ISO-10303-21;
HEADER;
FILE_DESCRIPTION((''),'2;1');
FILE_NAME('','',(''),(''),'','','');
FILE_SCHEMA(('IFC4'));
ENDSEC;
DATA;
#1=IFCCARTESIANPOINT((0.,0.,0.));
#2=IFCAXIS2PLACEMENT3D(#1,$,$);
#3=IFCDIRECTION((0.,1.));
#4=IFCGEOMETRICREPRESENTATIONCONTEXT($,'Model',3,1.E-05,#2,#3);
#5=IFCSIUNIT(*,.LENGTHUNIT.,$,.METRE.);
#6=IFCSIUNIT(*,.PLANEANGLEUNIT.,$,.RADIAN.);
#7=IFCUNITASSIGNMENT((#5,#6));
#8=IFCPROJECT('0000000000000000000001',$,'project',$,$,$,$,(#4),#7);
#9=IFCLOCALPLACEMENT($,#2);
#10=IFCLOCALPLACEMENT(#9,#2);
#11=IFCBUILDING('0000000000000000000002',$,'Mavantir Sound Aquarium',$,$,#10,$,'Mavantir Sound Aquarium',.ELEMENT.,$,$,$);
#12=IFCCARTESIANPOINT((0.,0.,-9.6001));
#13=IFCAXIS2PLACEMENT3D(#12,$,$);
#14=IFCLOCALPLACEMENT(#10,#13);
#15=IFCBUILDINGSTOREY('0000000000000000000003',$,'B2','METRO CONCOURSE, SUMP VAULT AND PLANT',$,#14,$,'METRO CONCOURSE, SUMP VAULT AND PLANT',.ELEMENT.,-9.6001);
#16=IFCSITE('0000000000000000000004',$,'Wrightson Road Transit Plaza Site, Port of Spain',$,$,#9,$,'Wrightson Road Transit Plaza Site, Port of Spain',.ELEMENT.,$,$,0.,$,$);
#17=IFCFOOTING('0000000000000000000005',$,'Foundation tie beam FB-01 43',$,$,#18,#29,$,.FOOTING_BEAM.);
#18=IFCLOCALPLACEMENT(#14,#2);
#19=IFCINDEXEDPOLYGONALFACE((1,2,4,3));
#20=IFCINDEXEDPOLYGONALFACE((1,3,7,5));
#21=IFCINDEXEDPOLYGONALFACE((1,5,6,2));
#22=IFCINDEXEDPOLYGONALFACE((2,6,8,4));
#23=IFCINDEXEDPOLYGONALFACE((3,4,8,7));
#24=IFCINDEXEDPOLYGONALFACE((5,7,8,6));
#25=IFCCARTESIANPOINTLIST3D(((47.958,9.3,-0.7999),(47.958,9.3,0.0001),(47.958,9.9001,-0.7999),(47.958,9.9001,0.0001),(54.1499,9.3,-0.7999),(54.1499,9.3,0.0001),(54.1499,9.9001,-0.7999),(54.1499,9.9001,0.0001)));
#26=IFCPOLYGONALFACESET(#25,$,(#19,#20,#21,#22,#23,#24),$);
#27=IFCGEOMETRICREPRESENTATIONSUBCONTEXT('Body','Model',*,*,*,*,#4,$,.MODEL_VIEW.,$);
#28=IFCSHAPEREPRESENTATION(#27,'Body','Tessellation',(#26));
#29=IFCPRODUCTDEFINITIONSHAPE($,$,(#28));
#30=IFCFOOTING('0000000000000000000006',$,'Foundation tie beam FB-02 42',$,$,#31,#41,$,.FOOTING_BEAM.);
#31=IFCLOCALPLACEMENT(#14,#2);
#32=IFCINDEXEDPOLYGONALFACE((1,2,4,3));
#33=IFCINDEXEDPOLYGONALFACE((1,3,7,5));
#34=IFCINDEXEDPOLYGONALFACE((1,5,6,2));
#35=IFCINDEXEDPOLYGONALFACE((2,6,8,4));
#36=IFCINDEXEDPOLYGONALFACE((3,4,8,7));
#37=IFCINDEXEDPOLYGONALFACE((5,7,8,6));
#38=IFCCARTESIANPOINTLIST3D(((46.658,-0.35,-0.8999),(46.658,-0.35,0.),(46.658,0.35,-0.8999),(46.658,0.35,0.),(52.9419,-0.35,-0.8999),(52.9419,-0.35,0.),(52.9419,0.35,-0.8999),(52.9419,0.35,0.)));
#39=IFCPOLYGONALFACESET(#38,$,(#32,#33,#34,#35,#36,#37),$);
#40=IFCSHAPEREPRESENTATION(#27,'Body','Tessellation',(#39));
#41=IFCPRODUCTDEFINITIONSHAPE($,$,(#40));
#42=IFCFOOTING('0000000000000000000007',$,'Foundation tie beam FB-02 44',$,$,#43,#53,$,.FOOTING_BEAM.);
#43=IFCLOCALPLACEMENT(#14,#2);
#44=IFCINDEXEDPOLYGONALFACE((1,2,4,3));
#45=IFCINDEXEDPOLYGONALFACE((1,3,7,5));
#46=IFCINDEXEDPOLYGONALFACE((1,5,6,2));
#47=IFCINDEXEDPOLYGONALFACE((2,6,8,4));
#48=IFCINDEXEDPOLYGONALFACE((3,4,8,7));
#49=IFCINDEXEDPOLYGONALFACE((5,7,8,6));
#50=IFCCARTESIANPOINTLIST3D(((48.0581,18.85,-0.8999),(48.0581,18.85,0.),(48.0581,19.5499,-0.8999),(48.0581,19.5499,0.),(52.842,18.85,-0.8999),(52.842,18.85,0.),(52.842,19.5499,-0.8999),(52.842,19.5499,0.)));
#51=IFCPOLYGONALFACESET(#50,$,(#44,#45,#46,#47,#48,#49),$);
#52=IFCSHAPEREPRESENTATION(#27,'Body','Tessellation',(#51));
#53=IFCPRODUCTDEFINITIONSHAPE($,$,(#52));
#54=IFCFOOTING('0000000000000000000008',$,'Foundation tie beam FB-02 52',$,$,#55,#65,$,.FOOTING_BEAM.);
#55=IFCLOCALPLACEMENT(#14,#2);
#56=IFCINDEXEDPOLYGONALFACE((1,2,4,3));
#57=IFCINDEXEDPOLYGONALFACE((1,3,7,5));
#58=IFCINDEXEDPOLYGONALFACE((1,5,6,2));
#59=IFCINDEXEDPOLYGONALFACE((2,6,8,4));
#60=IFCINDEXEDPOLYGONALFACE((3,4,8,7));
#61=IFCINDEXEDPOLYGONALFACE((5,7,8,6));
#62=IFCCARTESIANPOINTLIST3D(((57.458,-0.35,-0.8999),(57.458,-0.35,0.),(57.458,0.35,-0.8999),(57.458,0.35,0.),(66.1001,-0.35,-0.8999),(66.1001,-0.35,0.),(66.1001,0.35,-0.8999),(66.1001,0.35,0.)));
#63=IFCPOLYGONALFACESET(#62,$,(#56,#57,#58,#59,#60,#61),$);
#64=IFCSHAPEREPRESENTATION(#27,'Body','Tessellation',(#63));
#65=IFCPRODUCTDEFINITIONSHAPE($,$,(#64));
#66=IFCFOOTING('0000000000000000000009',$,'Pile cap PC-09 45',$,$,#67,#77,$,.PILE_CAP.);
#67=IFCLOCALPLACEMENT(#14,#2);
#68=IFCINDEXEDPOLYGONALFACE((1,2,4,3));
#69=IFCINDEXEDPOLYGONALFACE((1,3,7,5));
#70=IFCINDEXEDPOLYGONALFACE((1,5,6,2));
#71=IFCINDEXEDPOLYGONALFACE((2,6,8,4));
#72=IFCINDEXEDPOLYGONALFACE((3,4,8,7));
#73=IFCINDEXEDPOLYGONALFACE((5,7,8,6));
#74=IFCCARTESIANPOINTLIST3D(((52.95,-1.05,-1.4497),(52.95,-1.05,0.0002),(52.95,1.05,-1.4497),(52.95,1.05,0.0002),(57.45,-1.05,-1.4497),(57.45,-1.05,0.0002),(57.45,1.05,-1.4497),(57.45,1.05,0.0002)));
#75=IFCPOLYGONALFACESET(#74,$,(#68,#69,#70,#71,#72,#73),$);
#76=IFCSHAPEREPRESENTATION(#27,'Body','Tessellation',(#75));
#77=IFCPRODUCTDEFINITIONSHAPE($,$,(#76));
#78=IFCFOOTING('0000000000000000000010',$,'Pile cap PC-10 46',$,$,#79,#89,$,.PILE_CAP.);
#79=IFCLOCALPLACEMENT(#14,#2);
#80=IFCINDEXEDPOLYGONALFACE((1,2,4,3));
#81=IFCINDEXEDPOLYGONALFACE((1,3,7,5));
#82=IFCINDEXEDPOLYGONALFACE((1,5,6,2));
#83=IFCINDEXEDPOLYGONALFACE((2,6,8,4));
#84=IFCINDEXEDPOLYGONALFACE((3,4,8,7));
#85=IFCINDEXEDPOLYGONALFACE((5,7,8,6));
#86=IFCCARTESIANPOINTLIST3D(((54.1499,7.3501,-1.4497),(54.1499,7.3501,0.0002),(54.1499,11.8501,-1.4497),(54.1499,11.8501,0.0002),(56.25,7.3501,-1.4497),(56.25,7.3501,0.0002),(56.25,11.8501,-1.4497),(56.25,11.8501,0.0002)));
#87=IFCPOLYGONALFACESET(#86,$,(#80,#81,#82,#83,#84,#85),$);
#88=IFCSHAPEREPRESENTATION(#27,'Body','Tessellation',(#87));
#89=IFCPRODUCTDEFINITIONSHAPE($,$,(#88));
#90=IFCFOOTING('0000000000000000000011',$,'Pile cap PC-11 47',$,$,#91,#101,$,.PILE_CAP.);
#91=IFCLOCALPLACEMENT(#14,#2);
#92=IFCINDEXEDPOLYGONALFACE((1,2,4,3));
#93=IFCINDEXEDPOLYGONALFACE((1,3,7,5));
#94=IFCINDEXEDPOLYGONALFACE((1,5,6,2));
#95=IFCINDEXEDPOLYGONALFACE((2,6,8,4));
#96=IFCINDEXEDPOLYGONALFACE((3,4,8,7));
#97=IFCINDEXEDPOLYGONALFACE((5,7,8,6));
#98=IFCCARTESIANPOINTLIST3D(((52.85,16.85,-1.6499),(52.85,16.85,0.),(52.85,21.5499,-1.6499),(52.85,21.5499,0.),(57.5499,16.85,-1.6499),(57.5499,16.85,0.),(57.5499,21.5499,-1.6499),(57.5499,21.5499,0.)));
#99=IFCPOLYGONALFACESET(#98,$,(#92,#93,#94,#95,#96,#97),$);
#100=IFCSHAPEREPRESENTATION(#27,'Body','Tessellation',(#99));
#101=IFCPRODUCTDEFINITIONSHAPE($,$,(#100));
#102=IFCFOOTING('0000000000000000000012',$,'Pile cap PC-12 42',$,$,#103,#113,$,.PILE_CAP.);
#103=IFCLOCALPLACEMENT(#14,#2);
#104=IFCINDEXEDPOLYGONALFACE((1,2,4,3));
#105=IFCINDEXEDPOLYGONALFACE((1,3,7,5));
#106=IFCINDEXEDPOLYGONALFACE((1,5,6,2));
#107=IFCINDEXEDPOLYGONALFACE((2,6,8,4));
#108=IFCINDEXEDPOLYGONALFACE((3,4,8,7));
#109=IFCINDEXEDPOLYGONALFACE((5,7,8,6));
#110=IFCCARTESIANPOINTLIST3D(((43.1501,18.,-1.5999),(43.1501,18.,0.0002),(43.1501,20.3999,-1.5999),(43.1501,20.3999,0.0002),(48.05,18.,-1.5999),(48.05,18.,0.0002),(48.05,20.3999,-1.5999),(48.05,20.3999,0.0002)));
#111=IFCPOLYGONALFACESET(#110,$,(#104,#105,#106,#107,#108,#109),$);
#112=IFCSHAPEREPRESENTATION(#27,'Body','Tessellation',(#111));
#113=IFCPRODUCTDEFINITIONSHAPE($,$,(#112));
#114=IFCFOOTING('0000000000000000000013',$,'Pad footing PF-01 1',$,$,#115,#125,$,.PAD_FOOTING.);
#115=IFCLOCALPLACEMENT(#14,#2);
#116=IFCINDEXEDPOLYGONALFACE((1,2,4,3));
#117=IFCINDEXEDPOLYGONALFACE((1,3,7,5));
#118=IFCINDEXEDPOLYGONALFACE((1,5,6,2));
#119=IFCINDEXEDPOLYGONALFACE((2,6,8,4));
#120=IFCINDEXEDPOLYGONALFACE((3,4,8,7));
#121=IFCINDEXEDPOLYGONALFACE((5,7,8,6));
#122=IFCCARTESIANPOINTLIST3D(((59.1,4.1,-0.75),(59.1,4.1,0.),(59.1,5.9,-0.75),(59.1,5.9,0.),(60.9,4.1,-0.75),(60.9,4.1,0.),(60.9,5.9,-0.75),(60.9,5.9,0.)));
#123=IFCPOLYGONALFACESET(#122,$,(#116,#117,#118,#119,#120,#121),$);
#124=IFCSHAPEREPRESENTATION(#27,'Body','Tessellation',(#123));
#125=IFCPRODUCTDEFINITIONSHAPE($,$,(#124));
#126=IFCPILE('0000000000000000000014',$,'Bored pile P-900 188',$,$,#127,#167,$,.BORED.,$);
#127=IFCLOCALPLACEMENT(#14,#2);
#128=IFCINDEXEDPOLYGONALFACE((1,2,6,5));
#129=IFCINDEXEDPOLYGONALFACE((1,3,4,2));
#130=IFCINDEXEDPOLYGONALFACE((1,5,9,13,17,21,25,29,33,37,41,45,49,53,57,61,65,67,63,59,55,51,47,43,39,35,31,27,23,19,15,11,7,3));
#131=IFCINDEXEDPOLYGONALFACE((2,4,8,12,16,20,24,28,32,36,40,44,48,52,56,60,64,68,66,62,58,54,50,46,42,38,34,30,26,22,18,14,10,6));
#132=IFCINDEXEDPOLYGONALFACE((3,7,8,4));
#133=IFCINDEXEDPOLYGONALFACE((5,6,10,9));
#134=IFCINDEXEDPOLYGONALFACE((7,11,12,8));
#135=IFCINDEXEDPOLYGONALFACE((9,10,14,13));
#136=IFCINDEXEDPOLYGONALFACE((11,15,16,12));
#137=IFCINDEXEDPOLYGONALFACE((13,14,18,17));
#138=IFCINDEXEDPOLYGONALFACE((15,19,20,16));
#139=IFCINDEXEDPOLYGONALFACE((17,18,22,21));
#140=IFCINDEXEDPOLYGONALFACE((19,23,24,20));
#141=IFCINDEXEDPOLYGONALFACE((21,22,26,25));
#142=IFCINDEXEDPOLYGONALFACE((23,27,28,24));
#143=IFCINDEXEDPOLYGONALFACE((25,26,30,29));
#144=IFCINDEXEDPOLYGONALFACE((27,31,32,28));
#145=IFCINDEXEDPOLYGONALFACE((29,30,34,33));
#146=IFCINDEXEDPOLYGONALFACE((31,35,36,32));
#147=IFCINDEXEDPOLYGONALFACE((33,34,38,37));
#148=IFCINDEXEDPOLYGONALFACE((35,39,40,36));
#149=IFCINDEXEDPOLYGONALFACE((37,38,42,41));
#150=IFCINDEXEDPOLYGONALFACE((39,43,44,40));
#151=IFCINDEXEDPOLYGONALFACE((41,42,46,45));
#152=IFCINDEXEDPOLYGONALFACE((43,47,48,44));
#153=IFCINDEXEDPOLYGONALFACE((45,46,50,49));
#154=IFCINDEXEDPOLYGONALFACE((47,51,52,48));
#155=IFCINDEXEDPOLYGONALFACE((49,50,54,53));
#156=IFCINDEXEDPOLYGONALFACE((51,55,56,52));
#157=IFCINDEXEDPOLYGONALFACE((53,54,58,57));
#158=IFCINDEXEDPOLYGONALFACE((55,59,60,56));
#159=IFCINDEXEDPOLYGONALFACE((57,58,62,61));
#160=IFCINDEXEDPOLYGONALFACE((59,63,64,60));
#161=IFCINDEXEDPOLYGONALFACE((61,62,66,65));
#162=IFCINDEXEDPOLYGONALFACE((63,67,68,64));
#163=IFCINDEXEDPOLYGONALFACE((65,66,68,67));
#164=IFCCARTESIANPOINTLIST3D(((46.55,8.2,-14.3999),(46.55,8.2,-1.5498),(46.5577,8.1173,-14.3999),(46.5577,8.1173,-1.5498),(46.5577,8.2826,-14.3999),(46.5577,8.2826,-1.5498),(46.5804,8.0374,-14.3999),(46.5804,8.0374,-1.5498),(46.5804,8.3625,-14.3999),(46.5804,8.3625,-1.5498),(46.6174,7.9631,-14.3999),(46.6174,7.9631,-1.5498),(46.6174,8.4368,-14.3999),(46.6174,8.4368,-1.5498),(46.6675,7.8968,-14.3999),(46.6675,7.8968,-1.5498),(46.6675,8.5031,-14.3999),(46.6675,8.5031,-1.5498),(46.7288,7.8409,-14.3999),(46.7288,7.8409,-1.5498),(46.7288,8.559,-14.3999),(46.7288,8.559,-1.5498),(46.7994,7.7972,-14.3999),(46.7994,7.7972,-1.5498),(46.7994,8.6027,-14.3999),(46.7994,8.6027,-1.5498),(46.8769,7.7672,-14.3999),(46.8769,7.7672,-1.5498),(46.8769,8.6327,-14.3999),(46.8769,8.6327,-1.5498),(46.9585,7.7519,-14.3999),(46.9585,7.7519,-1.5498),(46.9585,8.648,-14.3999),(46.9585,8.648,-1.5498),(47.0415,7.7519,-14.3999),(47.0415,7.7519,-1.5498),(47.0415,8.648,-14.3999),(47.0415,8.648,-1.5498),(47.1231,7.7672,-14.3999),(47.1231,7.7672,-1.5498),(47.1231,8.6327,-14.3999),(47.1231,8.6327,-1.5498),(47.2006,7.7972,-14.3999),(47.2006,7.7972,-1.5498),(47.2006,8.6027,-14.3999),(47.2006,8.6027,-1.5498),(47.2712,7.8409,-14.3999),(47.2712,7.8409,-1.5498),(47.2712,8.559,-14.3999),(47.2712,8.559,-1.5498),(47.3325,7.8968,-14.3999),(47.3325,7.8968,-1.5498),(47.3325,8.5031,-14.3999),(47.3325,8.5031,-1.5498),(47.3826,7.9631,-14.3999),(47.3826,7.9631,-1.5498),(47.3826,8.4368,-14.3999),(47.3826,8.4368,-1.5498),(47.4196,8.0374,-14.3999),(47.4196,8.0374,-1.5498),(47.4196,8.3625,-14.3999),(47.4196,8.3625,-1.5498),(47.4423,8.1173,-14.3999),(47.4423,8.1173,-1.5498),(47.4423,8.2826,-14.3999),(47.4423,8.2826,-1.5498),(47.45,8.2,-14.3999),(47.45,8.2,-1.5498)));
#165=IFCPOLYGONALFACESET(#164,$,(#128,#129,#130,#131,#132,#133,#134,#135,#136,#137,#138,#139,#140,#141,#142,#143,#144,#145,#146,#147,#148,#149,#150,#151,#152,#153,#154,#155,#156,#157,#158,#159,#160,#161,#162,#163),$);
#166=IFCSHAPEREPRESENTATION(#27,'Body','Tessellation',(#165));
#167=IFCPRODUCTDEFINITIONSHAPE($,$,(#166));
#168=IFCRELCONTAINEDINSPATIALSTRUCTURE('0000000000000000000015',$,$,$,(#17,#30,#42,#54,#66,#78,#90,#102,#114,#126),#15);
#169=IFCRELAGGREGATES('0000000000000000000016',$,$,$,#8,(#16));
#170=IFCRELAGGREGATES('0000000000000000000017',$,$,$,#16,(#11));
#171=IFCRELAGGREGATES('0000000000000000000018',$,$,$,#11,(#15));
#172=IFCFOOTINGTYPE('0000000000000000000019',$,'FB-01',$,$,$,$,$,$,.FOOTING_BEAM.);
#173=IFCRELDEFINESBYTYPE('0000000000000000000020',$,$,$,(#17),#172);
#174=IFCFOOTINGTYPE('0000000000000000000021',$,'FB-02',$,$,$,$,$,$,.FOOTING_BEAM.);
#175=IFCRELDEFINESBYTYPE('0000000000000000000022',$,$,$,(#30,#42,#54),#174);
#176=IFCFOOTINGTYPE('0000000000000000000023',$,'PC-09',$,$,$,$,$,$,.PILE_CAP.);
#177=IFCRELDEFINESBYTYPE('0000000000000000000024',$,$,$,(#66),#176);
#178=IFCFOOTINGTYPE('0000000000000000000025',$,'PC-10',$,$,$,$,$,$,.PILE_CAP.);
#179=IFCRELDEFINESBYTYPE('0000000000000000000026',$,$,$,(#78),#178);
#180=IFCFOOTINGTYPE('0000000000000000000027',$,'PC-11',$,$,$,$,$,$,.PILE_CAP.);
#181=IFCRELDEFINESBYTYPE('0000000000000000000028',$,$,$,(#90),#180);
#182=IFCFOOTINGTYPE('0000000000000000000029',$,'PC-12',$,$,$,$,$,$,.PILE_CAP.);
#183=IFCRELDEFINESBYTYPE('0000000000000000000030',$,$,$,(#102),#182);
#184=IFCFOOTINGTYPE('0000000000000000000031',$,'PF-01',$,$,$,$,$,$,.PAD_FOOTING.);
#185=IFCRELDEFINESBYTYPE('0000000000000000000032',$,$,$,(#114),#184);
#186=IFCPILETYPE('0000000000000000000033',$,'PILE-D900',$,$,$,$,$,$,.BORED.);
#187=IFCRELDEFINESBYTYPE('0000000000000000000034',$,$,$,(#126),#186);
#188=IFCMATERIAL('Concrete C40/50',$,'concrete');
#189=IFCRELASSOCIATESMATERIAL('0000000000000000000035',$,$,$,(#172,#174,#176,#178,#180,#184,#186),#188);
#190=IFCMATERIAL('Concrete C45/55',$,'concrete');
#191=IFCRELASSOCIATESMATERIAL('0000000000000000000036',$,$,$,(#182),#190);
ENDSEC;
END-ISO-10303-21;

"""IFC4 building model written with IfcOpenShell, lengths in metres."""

from ifc_helpers import new_model, si_unit, direction, frame, origin, origin_2d, place, context, subcontext, project, spatial, rectangle, circle, extrude, material, material_profile, profile_set, type_object, element, save


model = new_model("IFC4")

# Units and contexts
model_context = context("Model", 3, precision=1e-05, world=origin(), true_north=direction((0.0, 1.0)))
body_context = subcontext(model_context, "Body", "Model", "MODEL_VIEW")
ifc_project = project(units=[si_unit("LENGTHUNIT", "METRE"), si_unit("PLANEANGLEUNIT", "RADIAN")], contexts=[model_context])

# Site, building, storey
site_placement = place(None, origin())
site = spatial("IfcSite", under=ifc_project, at=site_placement, Name="Wrightson Road Transit Plaza Site, Port of Spain", LongName="Wrightson Road Transit Plaza Site, Port of Spain", CompositionType="ELEMENT", RefElevation=0.0)
building_placement = place(site_placement, origin())
building = spatial("IfcBuilding", under=site, at=building_placement, Name="Mavantir Sound Aquarium", LongName="Mavantir Sound Aquarium", CompositionType="ELEMENT")
storey_placement = place(building_placement, frame((0.0, 0.0, -9.6001)))
storey = spatial("IfcBuildingStorey", under=building, at=storey_placement, Name="B2", Description="METRO CONCOURSE, SUMP VAULT AND PLANT", LongName="METRO CONCOURSE, SUMP VAULT AND PLANT", CompositionType="ELEMENT", Elevation=-9.6001)

# Footings
ifc_material_1 = material(Name="Concrete C40/50", Category="concrete")
ifc_material_profile_1 = material_profile(ifc_material_1, rectangle(XDim=0.6001, YDim=0.8, at=origin_2d()), Name="RC 600X800")
ifc_profile_set_1 = profile_set([ifc_material_profile_1], Name="Concrete C40/50")
footing_type_1 = type_object("IfcFootingType", Name="FB-01", PredefinedType="FOOTING_BEAM", material=ifc_profile_set_1)
footing_1_placement = place(storey_placement, frame((47.958, 9.6001, -0.3999), z_axis=(1.0, 0.0, 0.0), x_axis=(0.0, 1.0, 0.0)))
element("IfcFooting", 1, at=footing_1_placement, inside=storey, type_object=footing_type_1, Name="Foundation tie beam FB-01 43", PredefinedType="FOOTING_BEAM", context=body_context, shape_type="SweptSolid", body=[
    extrude(rectangle(XDim=0.6001, YDim=0.8, at=origin_2d()), origin(), (0.0, 0.0, 1.0), 6.1919),
])
ifc_material_profile_2 = material_profile(ifc_material_1, rectangle(XDim=0.7, YDim=0.8999, at=origin_2d()), Name="RC 700X900")
ifc_profile_set_2 = profile_set([ifc_material_profile_2], Name="Concrete C40/50")
footing_type_2 = type_object("IfcFootingType", Name="FB-02", PredefinedType="FOOTING_BEAM", material=ifc_profile_set_2)
footing_2_placement = place(storey_placement, frame((46.658, 0.0, -0.45), z_axis=(1.0, 0.0, 0.0), x_axis=(0.0, 1.0, 0.0)))
element("IfcFooting", 2, at=footing_2_placement, inside=storey, type_object=footing_type_2, Name="Foundation tie beam FB-02 42", PredefinedType="FOOTING_BEAM", context=body_context, shape_type="SweptSolid", body=[
    extrude(rectangle(XDim=0.7, YDim=0.8999, at=origin_2d()), origin(), (0.0, 0.0, 1.0), 6.2839),
])
footing_3_placement = place(storey_placement, frame((48.0581, 19.2, -0.45), z_axis=(1.0, 0.0, 0.0), x_axis=(0.0, 1.0, 0.0)))
element("IfcFooting", 3, at=footing_3_placement, inside=storey, type_object=footing_type_2, Name="Foundation tie beam FB-02 44", PredefinedType="FOOTING_BEAM", context=body_context, shape_type="SweptSolid", body=[
    extrude(rectangle(XDim=0.7, YDim=0.8999, at=origin_2d()), origin(), (0.0, 0.0, 1.0), 4.7839),
])
footing_4_placement = place(storey_placement, frame((57.458, 0.0, -0.45), z_axis=(1.0, 0.0, 0.0), x_axis=(0.0, 1.0, 0.0)))
element("IfcFooting", 4, at=footing_4_placement, inside=storey, type_object=footing_type_2, Name="Foundation tie beam FB-02 52", PredefinedType="FOOTING_BEAM", context=body_context, shape_type="SweptSolid", body=[
    extrude(rectangle(XDim=0.7, YDim=0.8999, at=origin_2d()), origin(), (0.0, 0.0, 1.0), 8.6421),
])
footing_type_3 = type_object("IfcFootingType", Name="PC-09", PredefinedType="PILE_CAP", material=ifc_material_1)
footing_5_placement = place(storey_placement, frame((55.2, 0.0, -1.4497), z_axis=(0.0, 0.0, 1.0), x_axis=(1.0, 0.0, 0.0)))
element("IfcFooting", 5, at=footing_5_placement, inside=storey, type_object=footing_type_3, Name="Pile cap PC-09 45", PredefinedType="PILE_CAP", context=body_context, shape_type="SweptSolid", body=[
    extrude(rectangle(XDim=4.5, YDim=2.1001, at=origin_2d()), origin(), (0.0, 0.0, 1.0), 1.45),
])
footing_type_4 = type_object("IfcFootingType", Name="PC-10", PredefinedType="PILE_CAP", material=ifc_material_1)
footing_6_placement = place(storey_placement, frame((55.2, 9.6001, -1.4497), z_axis=(0.0, 0.0, 1.0), x_axis=(1.0, 0.0, 0.0)))
element("IfcFooting", 6, at=footing_6_placement, inside=storey, type_object=footing_type_4, Name="Pile cap PC-10 46", PredefinedType="PILE_CAP", context=body_context, shape_type="SweptSolid", body=[
    extrude(rectangle(XDim=2.1001, YDim=4.5, at=origin_2d()), origin(), (0.0, 0.0, 1.0), 1.45),
])
footing_type_5 = type_object("IfcFootingType", Name="PC-11", PredefinedType="PILE_CAP", material=ifc_material_1)
footing_7_placement = place(storey_placement, frame((55.2, 19.2, -1.6499), z_axis=(0.0, 0.0, 1.0), x_axis=(1.0, 0.0, 0.0)))
element("IfcFooting", 7, at=footing_7_placement, inside=storey, type_object=footing_type_5, Name="Pile cap PC-11 47", PredefinedType="PILE_CAP", context=body_context, shape_type="SweptSolid", body=[
    extrude(rectangle(XDim=4.7, YDim=4.7, at=origin_2d()), origin(), (0.0, 0.0, 1.0), 1.6499),
])
ifc_material_2 = material(Name="Concrete C45/55", Category="concrete")
footing_type_6 = type_object("IfcFootingType", Name="PC-12", PredefinedType="PILE_CAP", material=ifc_material_2)
footing_8_placement = place(storey_placement, frame((45.6001, 19.2, -1.5999), z_axis=(0.0, 0.0, 1.0), x_axis=(1.0, 0.0, 0.0)))
element("IfcFooting", 8, at=footing_8_placement, inside=storey, type_object=footing_type_6, Name="Pile cap PC-12 42", PredefinedType="PILE_CAP", context=body_context, shape_type="SweptSolid", body=[
    extrude(rectangle(XDim=4.8999, YDim=2.3999, at=origin_2d()), origin(), (0.0, 0.0, 1.0), 1.6001),
])
footing_type_7 = type_object("IfcFootingType", Name="PF-01", PredefinedType="PAD_FOOTING", material=ifc_material_1)
footing_9_placement = place(storey_placement, frame((60.0, 5.0, -0.75), z_axis=(0.0, 0.0, 1.0), x_axis=(1.0, 0.0, 0.0)))
element("IfcFooting", 9, at=footing_9_placement, inside=storey, type_object=footing_type_7, Name="Pad footing PF-01 1", PredefinedType="PAD_FOOTING", context=body_context, shape_type="SweptSolid", body=[
    extrude(rectangle(XDim=1.8, YDim=1.8, at=origin_2d()), origin(), (0.0, 0.0, 1.0), 0.75),
])

# Pile
ifc_material_profile_3 = material_profile(ifc_material_1, circle(Radius=0.45, at=origin_2d()), Name="PILE D900")
ifc_profile_set_3 = profile_set([ifc_material_profile_3], Name="Concrete C40/50")
pile_type = type_object("IfcPileType", Name="PILE-D900", PredefinedType="BORED", material=ifc_profile_set_3)
for number, where, z_axis, x_axis, name in (
    (10, (47.0, 8.2, -1.5498), (0.0, 0.0, -1.0), (1.0, 0.0, 0.0), "Bored pile P-900 188"),
):
    element("IfcPile", number, at=place(storey_placement, frame(where, z_axis=z_axis, x_axis=x_axis)), inside=storey, type_object=pile_type, Name=name, PredefinedType="BORED", context=body_context, shape_type="SweptSolid", body=[
        extrude(circle(Radius=0.45, at=origin_2d()), origin(), (0.0, 0.0, 1.0), 12.8501),
    ])

save(model, "model.ifc")
